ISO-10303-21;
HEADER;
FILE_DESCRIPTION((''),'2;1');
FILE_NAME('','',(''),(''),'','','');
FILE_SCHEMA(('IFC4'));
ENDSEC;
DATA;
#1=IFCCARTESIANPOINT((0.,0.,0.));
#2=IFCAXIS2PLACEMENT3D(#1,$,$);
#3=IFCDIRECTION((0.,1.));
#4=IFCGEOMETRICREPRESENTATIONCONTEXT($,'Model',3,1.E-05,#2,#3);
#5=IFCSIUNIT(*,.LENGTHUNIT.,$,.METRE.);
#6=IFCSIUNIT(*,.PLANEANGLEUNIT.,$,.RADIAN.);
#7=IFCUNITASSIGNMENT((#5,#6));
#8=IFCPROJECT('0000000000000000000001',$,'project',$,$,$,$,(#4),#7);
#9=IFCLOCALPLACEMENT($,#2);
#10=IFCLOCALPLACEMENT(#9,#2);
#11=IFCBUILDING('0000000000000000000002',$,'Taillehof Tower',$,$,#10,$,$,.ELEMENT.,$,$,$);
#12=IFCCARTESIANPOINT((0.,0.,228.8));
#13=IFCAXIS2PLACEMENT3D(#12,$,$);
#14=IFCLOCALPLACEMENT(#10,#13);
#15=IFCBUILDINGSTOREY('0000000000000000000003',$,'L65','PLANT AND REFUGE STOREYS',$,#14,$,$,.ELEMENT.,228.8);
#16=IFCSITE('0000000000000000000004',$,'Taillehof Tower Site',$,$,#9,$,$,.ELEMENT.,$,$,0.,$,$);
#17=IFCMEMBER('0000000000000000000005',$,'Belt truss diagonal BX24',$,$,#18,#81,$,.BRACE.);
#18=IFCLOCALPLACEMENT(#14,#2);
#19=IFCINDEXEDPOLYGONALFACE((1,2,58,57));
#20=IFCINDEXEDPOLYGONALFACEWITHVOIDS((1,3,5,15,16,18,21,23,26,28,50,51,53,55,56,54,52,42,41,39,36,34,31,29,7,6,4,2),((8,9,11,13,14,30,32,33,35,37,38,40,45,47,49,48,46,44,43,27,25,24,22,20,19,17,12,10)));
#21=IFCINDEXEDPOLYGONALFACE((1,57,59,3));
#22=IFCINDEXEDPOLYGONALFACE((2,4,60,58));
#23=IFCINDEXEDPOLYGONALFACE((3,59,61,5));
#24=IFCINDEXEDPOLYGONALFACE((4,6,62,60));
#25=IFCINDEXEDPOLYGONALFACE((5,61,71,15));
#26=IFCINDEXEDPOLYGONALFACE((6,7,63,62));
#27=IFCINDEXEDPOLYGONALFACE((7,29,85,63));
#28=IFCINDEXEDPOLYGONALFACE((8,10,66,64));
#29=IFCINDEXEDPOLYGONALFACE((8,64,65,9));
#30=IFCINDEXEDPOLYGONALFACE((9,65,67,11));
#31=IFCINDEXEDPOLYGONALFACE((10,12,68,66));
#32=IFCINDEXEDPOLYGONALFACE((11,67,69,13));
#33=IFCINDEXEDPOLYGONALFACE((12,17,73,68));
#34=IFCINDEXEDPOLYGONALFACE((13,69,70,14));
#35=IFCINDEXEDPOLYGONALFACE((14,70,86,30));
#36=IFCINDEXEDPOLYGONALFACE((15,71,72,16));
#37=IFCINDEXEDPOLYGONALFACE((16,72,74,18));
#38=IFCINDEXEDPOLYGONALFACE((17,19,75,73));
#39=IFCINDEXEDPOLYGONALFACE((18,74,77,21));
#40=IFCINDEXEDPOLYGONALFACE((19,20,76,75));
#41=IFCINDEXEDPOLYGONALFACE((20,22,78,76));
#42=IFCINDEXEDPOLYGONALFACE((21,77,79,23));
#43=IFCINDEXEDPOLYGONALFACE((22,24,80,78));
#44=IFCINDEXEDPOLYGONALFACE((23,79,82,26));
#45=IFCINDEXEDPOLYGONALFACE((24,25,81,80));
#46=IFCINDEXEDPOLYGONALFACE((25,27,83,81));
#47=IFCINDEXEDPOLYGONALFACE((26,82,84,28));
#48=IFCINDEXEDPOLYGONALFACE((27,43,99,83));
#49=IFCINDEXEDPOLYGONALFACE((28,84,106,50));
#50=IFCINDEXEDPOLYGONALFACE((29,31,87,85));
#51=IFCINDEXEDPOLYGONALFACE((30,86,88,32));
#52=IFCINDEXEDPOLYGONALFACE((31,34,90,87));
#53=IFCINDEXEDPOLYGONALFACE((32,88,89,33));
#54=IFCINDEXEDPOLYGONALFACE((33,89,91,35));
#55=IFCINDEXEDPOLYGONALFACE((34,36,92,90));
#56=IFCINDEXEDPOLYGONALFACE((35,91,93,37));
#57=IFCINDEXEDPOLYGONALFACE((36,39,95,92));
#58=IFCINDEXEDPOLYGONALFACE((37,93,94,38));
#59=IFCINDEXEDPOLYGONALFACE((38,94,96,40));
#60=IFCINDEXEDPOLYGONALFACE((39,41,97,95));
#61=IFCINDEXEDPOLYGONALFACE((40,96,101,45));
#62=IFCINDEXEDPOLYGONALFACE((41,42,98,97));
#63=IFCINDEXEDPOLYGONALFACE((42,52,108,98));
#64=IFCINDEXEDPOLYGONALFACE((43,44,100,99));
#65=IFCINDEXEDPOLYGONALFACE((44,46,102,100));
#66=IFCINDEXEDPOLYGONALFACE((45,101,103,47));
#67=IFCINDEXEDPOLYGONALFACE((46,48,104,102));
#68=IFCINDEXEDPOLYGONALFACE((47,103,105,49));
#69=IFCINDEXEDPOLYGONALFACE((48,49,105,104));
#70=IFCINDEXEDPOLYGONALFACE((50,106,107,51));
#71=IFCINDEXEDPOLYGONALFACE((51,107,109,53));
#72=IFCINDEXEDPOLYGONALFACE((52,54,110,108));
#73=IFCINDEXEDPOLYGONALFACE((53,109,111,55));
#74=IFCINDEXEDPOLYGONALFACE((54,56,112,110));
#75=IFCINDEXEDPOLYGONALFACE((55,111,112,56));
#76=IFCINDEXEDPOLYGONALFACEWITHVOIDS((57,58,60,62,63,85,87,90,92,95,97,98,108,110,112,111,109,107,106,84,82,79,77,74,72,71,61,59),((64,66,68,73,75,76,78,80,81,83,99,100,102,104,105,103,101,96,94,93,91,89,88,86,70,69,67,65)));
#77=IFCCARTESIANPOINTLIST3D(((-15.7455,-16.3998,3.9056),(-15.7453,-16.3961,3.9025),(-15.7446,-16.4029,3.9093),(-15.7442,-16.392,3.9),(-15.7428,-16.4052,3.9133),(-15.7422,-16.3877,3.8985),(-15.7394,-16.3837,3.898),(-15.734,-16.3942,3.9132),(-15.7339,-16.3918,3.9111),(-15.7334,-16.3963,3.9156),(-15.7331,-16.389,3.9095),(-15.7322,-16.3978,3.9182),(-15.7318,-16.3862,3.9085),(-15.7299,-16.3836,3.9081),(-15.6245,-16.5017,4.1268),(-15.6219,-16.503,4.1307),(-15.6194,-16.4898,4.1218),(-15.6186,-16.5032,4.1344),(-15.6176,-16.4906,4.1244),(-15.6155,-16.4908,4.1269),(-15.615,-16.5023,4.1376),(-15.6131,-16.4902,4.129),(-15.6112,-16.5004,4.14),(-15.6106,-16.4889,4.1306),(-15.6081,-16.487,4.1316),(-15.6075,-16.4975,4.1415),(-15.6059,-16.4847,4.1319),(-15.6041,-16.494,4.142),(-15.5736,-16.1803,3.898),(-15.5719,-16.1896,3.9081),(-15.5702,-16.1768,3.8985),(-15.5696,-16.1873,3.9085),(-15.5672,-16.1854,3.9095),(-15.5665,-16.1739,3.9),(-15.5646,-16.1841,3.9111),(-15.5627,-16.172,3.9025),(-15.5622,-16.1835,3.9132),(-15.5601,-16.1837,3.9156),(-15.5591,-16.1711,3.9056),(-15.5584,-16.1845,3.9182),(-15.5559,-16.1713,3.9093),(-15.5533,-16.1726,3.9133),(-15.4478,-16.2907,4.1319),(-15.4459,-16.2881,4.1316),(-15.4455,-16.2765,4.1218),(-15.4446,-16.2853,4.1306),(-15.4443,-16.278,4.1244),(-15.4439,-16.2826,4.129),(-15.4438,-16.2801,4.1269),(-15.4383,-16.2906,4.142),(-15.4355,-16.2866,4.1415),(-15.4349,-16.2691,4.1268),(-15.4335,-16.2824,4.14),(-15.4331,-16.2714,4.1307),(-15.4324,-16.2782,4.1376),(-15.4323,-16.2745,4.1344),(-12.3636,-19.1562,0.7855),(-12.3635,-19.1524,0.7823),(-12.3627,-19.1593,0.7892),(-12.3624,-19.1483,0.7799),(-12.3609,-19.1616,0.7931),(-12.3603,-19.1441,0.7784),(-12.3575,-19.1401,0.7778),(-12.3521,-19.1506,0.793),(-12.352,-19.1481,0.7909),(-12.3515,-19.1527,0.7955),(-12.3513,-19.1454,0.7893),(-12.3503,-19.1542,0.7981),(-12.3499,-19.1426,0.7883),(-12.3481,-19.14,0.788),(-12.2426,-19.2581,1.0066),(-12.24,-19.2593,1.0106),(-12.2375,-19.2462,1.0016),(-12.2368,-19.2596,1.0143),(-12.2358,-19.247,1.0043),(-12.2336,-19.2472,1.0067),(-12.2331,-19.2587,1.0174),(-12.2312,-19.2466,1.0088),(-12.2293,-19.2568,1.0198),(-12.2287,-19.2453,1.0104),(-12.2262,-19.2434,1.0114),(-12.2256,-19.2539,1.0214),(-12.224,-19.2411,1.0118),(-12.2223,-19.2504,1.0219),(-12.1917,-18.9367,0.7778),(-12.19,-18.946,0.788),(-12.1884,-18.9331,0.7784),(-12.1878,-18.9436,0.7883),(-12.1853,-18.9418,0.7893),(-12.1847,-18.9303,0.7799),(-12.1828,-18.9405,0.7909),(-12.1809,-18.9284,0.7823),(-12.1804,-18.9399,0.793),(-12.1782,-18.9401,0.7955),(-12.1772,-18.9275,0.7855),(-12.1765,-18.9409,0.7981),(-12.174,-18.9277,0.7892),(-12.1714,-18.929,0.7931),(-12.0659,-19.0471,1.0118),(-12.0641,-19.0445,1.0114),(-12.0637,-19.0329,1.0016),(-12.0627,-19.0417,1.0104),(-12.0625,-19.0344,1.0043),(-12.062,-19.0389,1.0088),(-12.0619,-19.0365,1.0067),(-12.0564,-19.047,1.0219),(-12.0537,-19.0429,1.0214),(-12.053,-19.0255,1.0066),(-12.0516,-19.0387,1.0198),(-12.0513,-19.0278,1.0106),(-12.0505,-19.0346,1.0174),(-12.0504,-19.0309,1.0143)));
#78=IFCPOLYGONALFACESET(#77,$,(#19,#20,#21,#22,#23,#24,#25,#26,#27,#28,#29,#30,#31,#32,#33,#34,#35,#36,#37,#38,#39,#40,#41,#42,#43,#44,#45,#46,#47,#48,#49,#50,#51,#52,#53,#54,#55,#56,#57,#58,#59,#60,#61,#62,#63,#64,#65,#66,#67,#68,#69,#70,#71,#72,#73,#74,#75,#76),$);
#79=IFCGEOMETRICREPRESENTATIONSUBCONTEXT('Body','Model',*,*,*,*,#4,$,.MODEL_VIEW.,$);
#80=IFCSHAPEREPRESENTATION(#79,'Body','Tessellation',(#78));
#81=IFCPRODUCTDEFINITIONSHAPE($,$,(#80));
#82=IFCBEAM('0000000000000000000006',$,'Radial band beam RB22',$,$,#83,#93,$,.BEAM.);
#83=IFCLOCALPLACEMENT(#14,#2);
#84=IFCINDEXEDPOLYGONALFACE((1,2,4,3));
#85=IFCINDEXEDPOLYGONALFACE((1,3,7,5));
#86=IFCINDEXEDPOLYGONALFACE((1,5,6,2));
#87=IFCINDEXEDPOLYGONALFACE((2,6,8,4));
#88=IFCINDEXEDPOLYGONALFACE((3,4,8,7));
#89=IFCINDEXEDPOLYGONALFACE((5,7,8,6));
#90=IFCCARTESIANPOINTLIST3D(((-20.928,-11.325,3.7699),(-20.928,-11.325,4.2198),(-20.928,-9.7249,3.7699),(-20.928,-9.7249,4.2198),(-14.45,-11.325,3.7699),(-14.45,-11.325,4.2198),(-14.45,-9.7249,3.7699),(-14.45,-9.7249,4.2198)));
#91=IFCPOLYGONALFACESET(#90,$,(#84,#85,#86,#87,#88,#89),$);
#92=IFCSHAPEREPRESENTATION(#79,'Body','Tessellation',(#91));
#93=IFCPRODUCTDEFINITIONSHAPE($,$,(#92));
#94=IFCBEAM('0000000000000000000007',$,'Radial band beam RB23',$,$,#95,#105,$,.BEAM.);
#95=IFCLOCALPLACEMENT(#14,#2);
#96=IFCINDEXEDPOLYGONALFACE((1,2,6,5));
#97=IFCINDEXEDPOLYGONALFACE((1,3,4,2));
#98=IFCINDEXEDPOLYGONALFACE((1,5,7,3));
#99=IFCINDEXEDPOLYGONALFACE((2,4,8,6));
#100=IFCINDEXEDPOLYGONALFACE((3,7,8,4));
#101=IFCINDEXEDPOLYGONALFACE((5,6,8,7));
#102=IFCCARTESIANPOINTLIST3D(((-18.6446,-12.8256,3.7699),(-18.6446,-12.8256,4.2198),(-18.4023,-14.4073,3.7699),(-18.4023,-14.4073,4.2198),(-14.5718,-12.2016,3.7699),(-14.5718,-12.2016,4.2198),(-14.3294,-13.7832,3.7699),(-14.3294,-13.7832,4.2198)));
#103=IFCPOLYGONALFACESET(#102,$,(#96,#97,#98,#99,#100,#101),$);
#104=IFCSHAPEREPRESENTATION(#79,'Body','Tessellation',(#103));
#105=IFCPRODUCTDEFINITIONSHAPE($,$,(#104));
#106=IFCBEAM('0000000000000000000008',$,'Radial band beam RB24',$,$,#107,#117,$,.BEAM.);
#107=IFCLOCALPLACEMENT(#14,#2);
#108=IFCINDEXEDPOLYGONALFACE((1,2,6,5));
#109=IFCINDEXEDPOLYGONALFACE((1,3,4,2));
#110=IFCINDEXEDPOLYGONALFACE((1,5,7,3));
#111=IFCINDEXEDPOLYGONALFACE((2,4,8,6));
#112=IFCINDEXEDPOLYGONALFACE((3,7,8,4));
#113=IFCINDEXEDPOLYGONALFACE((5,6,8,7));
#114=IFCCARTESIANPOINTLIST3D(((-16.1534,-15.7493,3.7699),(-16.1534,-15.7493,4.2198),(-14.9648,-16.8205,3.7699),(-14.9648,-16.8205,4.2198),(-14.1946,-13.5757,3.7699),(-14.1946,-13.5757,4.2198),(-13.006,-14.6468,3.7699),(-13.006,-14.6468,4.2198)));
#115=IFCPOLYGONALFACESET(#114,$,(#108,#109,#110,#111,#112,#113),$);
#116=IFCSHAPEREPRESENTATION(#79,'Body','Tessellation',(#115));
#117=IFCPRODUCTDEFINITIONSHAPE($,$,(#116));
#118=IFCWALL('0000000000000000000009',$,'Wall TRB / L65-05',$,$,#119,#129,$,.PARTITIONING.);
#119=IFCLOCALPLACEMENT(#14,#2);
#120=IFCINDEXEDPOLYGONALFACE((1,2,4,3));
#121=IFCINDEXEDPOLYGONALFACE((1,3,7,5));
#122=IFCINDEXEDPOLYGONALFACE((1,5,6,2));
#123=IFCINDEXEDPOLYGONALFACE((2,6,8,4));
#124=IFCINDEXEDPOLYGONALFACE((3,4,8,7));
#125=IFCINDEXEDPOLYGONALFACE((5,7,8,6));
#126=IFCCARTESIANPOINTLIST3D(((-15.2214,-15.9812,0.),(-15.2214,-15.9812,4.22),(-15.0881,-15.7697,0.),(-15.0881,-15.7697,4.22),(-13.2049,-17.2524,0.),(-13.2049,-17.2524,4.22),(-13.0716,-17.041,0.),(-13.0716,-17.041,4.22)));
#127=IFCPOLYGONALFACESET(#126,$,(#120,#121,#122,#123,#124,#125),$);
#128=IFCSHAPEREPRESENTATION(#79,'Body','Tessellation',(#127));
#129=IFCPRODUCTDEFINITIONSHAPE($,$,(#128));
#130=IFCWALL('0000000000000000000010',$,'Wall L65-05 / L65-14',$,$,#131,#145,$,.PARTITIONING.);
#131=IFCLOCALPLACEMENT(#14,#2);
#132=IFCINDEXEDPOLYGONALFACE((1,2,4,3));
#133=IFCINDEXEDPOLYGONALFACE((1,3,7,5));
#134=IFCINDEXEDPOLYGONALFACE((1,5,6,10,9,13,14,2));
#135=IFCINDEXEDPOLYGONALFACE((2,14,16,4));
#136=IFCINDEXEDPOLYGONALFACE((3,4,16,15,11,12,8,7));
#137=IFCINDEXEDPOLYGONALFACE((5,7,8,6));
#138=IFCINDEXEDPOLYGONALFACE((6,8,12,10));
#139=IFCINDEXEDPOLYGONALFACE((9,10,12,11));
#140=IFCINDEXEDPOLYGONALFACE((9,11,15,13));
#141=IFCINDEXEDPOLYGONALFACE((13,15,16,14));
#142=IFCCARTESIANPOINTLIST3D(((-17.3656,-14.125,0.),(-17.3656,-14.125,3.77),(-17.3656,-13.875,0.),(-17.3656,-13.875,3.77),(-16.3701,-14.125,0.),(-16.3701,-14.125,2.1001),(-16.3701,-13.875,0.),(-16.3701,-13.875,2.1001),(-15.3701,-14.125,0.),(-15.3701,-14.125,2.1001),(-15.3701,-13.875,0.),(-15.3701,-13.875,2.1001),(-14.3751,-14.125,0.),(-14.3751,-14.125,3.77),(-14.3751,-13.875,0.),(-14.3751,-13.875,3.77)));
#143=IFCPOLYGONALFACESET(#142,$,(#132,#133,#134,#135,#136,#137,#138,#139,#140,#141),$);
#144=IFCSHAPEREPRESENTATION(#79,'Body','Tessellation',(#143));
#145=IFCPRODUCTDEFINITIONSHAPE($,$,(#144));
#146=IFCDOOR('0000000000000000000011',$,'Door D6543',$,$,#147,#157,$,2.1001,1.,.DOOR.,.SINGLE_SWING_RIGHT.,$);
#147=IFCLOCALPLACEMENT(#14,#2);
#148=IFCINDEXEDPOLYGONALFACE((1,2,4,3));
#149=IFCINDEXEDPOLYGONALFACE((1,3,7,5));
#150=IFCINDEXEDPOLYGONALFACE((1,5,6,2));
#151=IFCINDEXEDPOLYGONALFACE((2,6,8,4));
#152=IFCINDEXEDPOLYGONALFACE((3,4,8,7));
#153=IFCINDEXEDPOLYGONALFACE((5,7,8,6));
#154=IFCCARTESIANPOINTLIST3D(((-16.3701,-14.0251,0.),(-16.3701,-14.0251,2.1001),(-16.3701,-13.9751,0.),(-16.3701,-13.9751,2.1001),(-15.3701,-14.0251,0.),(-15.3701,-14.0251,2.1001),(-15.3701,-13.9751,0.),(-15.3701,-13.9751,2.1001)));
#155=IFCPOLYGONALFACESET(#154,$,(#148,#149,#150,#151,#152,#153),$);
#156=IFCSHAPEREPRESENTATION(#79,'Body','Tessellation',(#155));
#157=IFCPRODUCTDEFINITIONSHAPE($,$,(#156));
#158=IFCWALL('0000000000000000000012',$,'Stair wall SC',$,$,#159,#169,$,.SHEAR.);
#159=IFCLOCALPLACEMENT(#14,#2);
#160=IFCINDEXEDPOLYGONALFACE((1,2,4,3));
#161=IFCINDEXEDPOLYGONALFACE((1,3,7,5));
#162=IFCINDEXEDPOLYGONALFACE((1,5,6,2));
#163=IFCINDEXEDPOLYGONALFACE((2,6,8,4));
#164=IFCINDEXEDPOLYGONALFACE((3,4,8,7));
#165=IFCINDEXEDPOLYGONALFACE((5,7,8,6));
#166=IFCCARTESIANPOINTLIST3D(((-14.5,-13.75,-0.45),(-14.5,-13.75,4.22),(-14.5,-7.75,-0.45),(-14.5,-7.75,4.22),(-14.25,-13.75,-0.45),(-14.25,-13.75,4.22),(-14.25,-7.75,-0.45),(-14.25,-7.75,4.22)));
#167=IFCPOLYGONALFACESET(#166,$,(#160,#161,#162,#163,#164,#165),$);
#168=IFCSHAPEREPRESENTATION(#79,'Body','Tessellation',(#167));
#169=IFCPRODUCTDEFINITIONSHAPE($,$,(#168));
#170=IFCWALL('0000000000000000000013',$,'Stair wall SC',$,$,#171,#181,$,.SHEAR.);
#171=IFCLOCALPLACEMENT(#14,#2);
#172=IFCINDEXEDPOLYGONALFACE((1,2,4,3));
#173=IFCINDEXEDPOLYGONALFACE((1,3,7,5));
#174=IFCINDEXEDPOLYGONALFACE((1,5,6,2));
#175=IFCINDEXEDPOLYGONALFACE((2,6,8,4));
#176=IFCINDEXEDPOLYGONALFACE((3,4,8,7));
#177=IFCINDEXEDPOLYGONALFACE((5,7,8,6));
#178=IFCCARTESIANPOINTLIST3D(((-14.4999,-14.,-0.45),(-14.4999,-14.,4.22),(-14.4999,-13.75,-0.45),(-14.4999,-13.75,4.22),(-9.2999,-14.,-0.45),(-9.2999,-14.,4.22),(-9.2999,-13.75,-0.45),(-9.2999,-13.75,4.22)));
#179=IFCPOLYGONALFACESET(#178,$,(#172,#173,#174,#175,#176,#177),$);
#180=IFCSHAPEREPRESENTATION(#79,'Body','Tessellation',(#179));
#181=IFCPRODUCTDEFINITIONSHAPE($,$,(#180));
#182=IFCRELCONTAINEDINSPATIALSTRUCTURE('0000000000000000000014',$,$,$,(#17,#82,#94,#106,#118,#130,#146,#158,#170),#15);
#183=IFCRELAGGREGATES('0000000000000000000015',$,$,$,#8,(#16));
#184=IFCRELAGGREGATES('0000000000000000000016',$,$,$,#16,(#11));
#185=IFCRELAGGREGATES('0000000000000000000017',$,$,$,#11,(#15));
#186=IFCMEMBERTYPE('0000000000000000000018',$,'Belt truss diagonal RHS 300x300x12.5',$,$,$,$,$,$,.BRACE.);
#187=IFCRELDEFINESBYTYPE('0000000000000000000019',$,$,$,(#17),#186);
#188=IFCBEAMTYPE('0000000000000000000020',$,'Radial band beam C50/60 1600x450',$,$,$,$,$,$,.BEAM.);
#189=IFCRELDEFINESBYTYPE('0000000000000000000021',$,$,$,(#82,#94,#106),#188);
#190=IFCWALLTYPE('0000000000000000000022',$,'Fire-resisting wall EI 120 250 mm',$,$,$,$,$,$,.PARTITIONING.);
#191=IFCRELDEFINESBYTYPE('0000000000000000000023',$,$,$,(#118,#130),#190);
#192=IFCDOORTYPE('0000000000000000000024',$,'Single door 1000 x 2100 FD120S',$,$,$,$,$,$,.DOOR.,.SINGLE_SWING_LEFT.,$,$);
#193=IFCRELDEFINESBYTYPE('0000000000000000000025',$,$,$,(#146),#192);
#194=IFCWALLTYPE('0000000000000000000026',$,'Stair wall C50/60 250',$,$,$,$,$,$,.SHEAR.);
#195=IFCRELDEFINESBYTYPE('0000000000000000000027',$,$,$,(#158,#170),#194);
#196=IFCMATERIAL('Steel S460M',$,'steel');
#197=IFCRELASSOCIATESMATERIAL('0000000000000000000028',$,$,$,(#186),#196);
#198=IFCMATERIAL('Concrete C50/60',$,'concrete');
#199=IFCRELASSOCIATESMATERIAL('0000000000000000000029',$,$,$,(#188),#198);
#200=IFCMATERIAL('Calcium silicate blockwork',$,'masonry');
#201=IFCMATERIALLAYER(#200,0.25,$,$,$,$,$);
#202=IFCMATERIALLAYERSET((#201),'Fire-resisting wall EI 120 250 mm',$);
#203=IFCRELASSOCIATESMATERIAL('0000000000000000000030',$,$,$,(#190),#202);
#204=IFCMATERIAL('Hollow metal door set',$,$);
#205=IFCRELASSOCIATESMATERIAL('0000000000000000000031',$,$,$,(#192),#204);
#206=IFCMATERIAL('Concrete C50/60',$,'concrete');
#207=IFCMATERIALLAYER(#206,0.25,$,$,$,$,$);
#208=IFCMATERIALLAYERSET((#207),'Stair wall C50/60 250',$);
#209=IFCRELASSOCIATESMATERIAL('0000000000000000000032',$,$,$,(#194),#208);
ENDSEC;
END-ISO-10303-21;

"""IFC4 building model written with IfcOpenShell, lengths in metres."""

from ifc_helpers import new_model, si_unit, direction, frame, frame_2d, origin, origin_2d, place, context, subcontext, project, spatial, rectangle, hollow_rectangle, extrude, material, layer, layer_set, material_profile, profile_set, type_object, element, fill, save


model = new_model("IFC4")

# Units and contexts
model_context = context("Model", 3, precision=1e-05, world=origin(), true_north=direction((0.0, 1.0)))
body_context = subcontext(model_context, "Body", "Model", "MODEL_VIEW")
ifc_project = project(units=[si_unit("LENGTHUNIT", "METRE"), si_unit("PLANEANGLEUNIT", "RADIAN")], contexts=[model_context])

# Site, building, storey
site_placement = place(None, origin())
site = spatial("IfcSite", under=ifc_project, at=site_placement, Name="Taillehof Tower Site", CompositionType="ELEMENT", RefElevation=0.0)
building_placement = place(site_placement, origin())
building = spatial("IfcBuilding", under=site, at=building_placement, Name="Taillehof Tower", CompositionType="ELEMENT")
storey_placement = place(building_placement, frame((0.0, 0.0, 228.8)))
storey = spatial("IfcBuildingStorey", under=building, at=storey_placement, Name="L65", Description="PLANT AND REFUGE STOREYS", CompositionType="ELEMENT", Elevation=228.8)

# Member
ifc_material_1 = material(Name="Steel S460M", Category="steel")
ifc_material_profile_1 = material_profile(ifc_material_1, hollow_rectangle(XDim=0.3, YDim=0.3, WallThickness=0.0125, InnerFilletRadius=0.0125, OuterFilletRadius=0.0188, at=origin_2d()), Name="RHS 300x300x12.5")
ifc_profile_set_1 = profile_set([ifc_material_profile_1], Name="Steel S460M")
member_type_1 = type_object("IfcMemberType", Name="Belt truss diagonal RHS 300x300x12.5", PredefinedType="BRACE", material=ifc_profile_set_1)
member_1_placement = place(storey_placement, frame((-15.5889, -16.3372, 4.02), z_axis=(0.630503, -0.513888, -0.581709), x_axis=(0.63178, 0.775148, 0.0)))
element("IfcMember", 1, at=member_1_placement, inside=storey, type_object=member_type_1, Name="Belt truss diagonal BX24", PredefinedType="BRACE", context=body_context, shape_type="SweptSolid", body=[
    extrude(hollow_rectangle(XDim=0.3, YDim=0.3, WallThickness=0.0125, InnerFilletRadius=0.0125, OuterFilletRadius=0.0188, at=origin_2d()), origin(), (0.0, 0.0, 1.0), 5.3638),
])

# Beams
ifc_material_2 = material(Name="Concrete C50/60", Category="concrete")
ifc_material_profile_2 = material_profile(ifc_material_2, rectangle(XDim=1.6001, YDim=0.45, at=origin_2d()), Name="RC 1600x450")
ifc_profile_set_2 = profile_set([ifc_material_profile_2], Name="Concrete C50/60")
beam_type = type_object("IfcBeamType", Name="Radial band beam C50/60 1600x450", PredefinedType="BEAM", material=ifc_profile_set_2)
beam_1_placement = place(storey_placement, frame((-20.928, -10.5249, 3.9949), z_axis=(1.0, 0.0, 0.0), x_axis=(0.0, 1.0, 0.0)))
element("IfcBeam", 2, at=beam_1_placement, inside=storey, type_object=beam_type, Name="Radial band beam RB22", PredefinedType="BEAM", context=body_context, shape_type="SweptSolid", body=[
    extrude(rectangle(XDim=1.6001, YDim=0.45, at=origin_2d()), origin(), (0.0, 0.0, 1.0), 6.478),
])
beam_2_placement = place(storey_placement, frame((-18.5234, -13.6165, 3.9949), z_axis=(0.988465, 0.151452, 0.0), x_axis=(-0.151452, 0.988465, 0.0)))
element("IfcBeam", 3, at=beam_2_placement, inside=storey, type_object=beam_type, Name="Radial band beam RB23", PredefinedType="BEAM", context=body_context, shape_type="SweptSolid", body=[
    extrude(rectangle(XDim=1.6001, YDim=0.45, at=origin_2d()), origin(), (0.0, 0.0, 1.0), 4.1204),
])
beam_3_placement = place(storey_placement, frame((-15.5591, -16.2849, 3.9949), z_axis=(0.669439, 0.742867, 0.0), x_axis=(-0.742867, 0.669439, 0.0)))
element("IfcBeam", 4, at=beam_3_placement, inside=storey, type_object=beam_type, Name="Radial band beam RB24", PredefinedType="BEAM", context=body_context, shape_type="SweptSolid", body=[
    extrude(rectangle(XDim=1.6001, YDim=0.45, at=origin_2d()), origin(), (0.0, 0.0, 1.0), 2.926),
])

# Wall
ifc_material_3 = material(Name="Calcium silicate blockwork", Category="masonry")
ifc_layer_1 = layer(ifc_material_3, 0.25)
ifc_layer_set_1 = layer_set([ifc_layer_1], Name="Fire-resisting wall EI 120 250 mm")
wall_type_1 = type_object("IfcWallType", Name="Fire-resisting wall EI 120 250 mm", PredefinedType="PARTITIONING", material=ifc_layer_set_1)
wall_1_placement = place(storey_placement, frame((-15.1548, -15.8755, 0.0), z_axis=(0.0, 0.0, 1.0), x_axis=(0.845944, -0.533272, 0.0)))
element("IfcWall", 5, at=wall_1_placement, inside=storey, type_object=wall_type_1, Name="Wall TRB / L65-05", PredefinedType="PARTITIONING", context=body_context, shape_type="SweptSolid", body=[
    extrude(rectangle(XDim=2.3838, YDim=0.25, at=frame_2d((1.1919, 0.0))), origin(), (0.0, 0.0, 1.0), 4.22),
])

# Wall, opening, door
wall_2_placement = place(storey_placement, frame((-17.3655, -14.0, 0.0), z_axis=(0.0, 0.0, 1.0), x_axis=(1.0, 0.0, 0.0)))
wall_2 = element("IfcWall", 6, at=wall_2_placement, inside=storey, type_object=wall_type_1, Name="Wall L65-05 / L65-14", PredefinedType="PARTITIONING", context=body_context, shape_type="SweptSolid", body=[
    extrude(rectangle(XDim=2.9905, YDim=0.25, at=frame_2d((1.4951, 0.0))), origin(), (0.0, 0.0, 1.0), 3.77),
])
opening_placement = place(wall_2_placement, frame((0.9954, 0.0, 0.0)))
opening = element("IfcOpeningElement", 7, at=opening_placement, cuts=wall_2, PredefinedType="OPENING", context=body_context, shape_type="SweptSolid", body=[
    extrude(rectangle(XDim=1.0, YDim=2.1001, at=frame_2d((0.5, 1.05))), frame((0.0, 0.135, 0.0), z_axis=(0.0, -1.0, 0.0), x_axis=(1.0, 0.0, 0.0)), (0.0, 0.0, 1.0), 0.27),
])
ifc_material_4 = material(Name="Hollow metal door set")
door_type = type_object("IfcDoorType", Name="Single door 1000 x 2100 FD120S", OperationType="SINGLE_SWING_LEFT", PredefinedType="DOOR", material=ifc_material_4)
door_placement = place(opening_placement, origin())
door = element("IfcDoor", 8, at=door_placement, inside=storey, type_object=door_type, Name="Door D6543", OperationType="SINGLE_SWING_RIGHT", OverallHeight=2.1001, OverallWidth=1.0, PredefinedType="DOOR", context=body_context, shape_type="SweptSolid", body=[
    extrude(rectangle(XDim=1.0, YDim=2.1001, at=frame_2d((0.5, 1.05))), frame((0.0, 0.0249, 0.0), z_axis=(0.0, -1.0, 0.0), x_axis=(1.0, 0.0, 0.0)), (0.0, 0.0, 1.0), 0.05),
])
fill(opening, door)

# Walls
ifc_material_5 = material(Name="Concrete C50/60", Category="concrete")
ifc_layer_2 = layer(ifc_material_5, 0.25)
ifc_layer_set_2 = layer_set([ifc_layer_2], Name="Stair wall C50/60 250")
wall_type_2 = type_object("IfcWallType", Name="Stair wall C50/60 250", PredefinedType="SHEAR", material=ifc_layer_set_2)
wall_3_placement = place(storey_placement, frame((-14.375, -13.75, -0.45), z_axis=(0.0, 0.0, 1.0), x_axis=(0.0, 1.0, 0.0)))
element("IfcWall", 9, at=wall_3_placement, inside=storey, type_object=wall_type_2, Name="Stair wall SC", PredefinedType="SHEAR", context=body_context, shape_type="SweptSolid", body=[
    extrude(rectangle(XDim=6.0, YDim=0.25, at=frame_2d((3.0, 0.0))), origin(), (0.0, 0.0, 1.0), 4.6699),
])
wall_4_placement = place(storey_placement, frame((-14.5, -13.875, -0.45), z_axis=(0.0, 0.0, 1.0), x_axis=(1.0, 0.0, 0.0)))
element("IfcWall", 10, at=wall_4_placement, inside=storey, type_object=wall_type_2, Name="Stair wall SC", PredefinedType="SHEAR", context=body_context, shape_type="SweptSolid", body=[
    extrude(rectangle(XDim=5.2, YDim=0.25, at=frame_2d((2.6001, 0.0))), origin(), (0.0, 0.0, 1.0), 4.6699),
])

save(model, "model.ifc")
